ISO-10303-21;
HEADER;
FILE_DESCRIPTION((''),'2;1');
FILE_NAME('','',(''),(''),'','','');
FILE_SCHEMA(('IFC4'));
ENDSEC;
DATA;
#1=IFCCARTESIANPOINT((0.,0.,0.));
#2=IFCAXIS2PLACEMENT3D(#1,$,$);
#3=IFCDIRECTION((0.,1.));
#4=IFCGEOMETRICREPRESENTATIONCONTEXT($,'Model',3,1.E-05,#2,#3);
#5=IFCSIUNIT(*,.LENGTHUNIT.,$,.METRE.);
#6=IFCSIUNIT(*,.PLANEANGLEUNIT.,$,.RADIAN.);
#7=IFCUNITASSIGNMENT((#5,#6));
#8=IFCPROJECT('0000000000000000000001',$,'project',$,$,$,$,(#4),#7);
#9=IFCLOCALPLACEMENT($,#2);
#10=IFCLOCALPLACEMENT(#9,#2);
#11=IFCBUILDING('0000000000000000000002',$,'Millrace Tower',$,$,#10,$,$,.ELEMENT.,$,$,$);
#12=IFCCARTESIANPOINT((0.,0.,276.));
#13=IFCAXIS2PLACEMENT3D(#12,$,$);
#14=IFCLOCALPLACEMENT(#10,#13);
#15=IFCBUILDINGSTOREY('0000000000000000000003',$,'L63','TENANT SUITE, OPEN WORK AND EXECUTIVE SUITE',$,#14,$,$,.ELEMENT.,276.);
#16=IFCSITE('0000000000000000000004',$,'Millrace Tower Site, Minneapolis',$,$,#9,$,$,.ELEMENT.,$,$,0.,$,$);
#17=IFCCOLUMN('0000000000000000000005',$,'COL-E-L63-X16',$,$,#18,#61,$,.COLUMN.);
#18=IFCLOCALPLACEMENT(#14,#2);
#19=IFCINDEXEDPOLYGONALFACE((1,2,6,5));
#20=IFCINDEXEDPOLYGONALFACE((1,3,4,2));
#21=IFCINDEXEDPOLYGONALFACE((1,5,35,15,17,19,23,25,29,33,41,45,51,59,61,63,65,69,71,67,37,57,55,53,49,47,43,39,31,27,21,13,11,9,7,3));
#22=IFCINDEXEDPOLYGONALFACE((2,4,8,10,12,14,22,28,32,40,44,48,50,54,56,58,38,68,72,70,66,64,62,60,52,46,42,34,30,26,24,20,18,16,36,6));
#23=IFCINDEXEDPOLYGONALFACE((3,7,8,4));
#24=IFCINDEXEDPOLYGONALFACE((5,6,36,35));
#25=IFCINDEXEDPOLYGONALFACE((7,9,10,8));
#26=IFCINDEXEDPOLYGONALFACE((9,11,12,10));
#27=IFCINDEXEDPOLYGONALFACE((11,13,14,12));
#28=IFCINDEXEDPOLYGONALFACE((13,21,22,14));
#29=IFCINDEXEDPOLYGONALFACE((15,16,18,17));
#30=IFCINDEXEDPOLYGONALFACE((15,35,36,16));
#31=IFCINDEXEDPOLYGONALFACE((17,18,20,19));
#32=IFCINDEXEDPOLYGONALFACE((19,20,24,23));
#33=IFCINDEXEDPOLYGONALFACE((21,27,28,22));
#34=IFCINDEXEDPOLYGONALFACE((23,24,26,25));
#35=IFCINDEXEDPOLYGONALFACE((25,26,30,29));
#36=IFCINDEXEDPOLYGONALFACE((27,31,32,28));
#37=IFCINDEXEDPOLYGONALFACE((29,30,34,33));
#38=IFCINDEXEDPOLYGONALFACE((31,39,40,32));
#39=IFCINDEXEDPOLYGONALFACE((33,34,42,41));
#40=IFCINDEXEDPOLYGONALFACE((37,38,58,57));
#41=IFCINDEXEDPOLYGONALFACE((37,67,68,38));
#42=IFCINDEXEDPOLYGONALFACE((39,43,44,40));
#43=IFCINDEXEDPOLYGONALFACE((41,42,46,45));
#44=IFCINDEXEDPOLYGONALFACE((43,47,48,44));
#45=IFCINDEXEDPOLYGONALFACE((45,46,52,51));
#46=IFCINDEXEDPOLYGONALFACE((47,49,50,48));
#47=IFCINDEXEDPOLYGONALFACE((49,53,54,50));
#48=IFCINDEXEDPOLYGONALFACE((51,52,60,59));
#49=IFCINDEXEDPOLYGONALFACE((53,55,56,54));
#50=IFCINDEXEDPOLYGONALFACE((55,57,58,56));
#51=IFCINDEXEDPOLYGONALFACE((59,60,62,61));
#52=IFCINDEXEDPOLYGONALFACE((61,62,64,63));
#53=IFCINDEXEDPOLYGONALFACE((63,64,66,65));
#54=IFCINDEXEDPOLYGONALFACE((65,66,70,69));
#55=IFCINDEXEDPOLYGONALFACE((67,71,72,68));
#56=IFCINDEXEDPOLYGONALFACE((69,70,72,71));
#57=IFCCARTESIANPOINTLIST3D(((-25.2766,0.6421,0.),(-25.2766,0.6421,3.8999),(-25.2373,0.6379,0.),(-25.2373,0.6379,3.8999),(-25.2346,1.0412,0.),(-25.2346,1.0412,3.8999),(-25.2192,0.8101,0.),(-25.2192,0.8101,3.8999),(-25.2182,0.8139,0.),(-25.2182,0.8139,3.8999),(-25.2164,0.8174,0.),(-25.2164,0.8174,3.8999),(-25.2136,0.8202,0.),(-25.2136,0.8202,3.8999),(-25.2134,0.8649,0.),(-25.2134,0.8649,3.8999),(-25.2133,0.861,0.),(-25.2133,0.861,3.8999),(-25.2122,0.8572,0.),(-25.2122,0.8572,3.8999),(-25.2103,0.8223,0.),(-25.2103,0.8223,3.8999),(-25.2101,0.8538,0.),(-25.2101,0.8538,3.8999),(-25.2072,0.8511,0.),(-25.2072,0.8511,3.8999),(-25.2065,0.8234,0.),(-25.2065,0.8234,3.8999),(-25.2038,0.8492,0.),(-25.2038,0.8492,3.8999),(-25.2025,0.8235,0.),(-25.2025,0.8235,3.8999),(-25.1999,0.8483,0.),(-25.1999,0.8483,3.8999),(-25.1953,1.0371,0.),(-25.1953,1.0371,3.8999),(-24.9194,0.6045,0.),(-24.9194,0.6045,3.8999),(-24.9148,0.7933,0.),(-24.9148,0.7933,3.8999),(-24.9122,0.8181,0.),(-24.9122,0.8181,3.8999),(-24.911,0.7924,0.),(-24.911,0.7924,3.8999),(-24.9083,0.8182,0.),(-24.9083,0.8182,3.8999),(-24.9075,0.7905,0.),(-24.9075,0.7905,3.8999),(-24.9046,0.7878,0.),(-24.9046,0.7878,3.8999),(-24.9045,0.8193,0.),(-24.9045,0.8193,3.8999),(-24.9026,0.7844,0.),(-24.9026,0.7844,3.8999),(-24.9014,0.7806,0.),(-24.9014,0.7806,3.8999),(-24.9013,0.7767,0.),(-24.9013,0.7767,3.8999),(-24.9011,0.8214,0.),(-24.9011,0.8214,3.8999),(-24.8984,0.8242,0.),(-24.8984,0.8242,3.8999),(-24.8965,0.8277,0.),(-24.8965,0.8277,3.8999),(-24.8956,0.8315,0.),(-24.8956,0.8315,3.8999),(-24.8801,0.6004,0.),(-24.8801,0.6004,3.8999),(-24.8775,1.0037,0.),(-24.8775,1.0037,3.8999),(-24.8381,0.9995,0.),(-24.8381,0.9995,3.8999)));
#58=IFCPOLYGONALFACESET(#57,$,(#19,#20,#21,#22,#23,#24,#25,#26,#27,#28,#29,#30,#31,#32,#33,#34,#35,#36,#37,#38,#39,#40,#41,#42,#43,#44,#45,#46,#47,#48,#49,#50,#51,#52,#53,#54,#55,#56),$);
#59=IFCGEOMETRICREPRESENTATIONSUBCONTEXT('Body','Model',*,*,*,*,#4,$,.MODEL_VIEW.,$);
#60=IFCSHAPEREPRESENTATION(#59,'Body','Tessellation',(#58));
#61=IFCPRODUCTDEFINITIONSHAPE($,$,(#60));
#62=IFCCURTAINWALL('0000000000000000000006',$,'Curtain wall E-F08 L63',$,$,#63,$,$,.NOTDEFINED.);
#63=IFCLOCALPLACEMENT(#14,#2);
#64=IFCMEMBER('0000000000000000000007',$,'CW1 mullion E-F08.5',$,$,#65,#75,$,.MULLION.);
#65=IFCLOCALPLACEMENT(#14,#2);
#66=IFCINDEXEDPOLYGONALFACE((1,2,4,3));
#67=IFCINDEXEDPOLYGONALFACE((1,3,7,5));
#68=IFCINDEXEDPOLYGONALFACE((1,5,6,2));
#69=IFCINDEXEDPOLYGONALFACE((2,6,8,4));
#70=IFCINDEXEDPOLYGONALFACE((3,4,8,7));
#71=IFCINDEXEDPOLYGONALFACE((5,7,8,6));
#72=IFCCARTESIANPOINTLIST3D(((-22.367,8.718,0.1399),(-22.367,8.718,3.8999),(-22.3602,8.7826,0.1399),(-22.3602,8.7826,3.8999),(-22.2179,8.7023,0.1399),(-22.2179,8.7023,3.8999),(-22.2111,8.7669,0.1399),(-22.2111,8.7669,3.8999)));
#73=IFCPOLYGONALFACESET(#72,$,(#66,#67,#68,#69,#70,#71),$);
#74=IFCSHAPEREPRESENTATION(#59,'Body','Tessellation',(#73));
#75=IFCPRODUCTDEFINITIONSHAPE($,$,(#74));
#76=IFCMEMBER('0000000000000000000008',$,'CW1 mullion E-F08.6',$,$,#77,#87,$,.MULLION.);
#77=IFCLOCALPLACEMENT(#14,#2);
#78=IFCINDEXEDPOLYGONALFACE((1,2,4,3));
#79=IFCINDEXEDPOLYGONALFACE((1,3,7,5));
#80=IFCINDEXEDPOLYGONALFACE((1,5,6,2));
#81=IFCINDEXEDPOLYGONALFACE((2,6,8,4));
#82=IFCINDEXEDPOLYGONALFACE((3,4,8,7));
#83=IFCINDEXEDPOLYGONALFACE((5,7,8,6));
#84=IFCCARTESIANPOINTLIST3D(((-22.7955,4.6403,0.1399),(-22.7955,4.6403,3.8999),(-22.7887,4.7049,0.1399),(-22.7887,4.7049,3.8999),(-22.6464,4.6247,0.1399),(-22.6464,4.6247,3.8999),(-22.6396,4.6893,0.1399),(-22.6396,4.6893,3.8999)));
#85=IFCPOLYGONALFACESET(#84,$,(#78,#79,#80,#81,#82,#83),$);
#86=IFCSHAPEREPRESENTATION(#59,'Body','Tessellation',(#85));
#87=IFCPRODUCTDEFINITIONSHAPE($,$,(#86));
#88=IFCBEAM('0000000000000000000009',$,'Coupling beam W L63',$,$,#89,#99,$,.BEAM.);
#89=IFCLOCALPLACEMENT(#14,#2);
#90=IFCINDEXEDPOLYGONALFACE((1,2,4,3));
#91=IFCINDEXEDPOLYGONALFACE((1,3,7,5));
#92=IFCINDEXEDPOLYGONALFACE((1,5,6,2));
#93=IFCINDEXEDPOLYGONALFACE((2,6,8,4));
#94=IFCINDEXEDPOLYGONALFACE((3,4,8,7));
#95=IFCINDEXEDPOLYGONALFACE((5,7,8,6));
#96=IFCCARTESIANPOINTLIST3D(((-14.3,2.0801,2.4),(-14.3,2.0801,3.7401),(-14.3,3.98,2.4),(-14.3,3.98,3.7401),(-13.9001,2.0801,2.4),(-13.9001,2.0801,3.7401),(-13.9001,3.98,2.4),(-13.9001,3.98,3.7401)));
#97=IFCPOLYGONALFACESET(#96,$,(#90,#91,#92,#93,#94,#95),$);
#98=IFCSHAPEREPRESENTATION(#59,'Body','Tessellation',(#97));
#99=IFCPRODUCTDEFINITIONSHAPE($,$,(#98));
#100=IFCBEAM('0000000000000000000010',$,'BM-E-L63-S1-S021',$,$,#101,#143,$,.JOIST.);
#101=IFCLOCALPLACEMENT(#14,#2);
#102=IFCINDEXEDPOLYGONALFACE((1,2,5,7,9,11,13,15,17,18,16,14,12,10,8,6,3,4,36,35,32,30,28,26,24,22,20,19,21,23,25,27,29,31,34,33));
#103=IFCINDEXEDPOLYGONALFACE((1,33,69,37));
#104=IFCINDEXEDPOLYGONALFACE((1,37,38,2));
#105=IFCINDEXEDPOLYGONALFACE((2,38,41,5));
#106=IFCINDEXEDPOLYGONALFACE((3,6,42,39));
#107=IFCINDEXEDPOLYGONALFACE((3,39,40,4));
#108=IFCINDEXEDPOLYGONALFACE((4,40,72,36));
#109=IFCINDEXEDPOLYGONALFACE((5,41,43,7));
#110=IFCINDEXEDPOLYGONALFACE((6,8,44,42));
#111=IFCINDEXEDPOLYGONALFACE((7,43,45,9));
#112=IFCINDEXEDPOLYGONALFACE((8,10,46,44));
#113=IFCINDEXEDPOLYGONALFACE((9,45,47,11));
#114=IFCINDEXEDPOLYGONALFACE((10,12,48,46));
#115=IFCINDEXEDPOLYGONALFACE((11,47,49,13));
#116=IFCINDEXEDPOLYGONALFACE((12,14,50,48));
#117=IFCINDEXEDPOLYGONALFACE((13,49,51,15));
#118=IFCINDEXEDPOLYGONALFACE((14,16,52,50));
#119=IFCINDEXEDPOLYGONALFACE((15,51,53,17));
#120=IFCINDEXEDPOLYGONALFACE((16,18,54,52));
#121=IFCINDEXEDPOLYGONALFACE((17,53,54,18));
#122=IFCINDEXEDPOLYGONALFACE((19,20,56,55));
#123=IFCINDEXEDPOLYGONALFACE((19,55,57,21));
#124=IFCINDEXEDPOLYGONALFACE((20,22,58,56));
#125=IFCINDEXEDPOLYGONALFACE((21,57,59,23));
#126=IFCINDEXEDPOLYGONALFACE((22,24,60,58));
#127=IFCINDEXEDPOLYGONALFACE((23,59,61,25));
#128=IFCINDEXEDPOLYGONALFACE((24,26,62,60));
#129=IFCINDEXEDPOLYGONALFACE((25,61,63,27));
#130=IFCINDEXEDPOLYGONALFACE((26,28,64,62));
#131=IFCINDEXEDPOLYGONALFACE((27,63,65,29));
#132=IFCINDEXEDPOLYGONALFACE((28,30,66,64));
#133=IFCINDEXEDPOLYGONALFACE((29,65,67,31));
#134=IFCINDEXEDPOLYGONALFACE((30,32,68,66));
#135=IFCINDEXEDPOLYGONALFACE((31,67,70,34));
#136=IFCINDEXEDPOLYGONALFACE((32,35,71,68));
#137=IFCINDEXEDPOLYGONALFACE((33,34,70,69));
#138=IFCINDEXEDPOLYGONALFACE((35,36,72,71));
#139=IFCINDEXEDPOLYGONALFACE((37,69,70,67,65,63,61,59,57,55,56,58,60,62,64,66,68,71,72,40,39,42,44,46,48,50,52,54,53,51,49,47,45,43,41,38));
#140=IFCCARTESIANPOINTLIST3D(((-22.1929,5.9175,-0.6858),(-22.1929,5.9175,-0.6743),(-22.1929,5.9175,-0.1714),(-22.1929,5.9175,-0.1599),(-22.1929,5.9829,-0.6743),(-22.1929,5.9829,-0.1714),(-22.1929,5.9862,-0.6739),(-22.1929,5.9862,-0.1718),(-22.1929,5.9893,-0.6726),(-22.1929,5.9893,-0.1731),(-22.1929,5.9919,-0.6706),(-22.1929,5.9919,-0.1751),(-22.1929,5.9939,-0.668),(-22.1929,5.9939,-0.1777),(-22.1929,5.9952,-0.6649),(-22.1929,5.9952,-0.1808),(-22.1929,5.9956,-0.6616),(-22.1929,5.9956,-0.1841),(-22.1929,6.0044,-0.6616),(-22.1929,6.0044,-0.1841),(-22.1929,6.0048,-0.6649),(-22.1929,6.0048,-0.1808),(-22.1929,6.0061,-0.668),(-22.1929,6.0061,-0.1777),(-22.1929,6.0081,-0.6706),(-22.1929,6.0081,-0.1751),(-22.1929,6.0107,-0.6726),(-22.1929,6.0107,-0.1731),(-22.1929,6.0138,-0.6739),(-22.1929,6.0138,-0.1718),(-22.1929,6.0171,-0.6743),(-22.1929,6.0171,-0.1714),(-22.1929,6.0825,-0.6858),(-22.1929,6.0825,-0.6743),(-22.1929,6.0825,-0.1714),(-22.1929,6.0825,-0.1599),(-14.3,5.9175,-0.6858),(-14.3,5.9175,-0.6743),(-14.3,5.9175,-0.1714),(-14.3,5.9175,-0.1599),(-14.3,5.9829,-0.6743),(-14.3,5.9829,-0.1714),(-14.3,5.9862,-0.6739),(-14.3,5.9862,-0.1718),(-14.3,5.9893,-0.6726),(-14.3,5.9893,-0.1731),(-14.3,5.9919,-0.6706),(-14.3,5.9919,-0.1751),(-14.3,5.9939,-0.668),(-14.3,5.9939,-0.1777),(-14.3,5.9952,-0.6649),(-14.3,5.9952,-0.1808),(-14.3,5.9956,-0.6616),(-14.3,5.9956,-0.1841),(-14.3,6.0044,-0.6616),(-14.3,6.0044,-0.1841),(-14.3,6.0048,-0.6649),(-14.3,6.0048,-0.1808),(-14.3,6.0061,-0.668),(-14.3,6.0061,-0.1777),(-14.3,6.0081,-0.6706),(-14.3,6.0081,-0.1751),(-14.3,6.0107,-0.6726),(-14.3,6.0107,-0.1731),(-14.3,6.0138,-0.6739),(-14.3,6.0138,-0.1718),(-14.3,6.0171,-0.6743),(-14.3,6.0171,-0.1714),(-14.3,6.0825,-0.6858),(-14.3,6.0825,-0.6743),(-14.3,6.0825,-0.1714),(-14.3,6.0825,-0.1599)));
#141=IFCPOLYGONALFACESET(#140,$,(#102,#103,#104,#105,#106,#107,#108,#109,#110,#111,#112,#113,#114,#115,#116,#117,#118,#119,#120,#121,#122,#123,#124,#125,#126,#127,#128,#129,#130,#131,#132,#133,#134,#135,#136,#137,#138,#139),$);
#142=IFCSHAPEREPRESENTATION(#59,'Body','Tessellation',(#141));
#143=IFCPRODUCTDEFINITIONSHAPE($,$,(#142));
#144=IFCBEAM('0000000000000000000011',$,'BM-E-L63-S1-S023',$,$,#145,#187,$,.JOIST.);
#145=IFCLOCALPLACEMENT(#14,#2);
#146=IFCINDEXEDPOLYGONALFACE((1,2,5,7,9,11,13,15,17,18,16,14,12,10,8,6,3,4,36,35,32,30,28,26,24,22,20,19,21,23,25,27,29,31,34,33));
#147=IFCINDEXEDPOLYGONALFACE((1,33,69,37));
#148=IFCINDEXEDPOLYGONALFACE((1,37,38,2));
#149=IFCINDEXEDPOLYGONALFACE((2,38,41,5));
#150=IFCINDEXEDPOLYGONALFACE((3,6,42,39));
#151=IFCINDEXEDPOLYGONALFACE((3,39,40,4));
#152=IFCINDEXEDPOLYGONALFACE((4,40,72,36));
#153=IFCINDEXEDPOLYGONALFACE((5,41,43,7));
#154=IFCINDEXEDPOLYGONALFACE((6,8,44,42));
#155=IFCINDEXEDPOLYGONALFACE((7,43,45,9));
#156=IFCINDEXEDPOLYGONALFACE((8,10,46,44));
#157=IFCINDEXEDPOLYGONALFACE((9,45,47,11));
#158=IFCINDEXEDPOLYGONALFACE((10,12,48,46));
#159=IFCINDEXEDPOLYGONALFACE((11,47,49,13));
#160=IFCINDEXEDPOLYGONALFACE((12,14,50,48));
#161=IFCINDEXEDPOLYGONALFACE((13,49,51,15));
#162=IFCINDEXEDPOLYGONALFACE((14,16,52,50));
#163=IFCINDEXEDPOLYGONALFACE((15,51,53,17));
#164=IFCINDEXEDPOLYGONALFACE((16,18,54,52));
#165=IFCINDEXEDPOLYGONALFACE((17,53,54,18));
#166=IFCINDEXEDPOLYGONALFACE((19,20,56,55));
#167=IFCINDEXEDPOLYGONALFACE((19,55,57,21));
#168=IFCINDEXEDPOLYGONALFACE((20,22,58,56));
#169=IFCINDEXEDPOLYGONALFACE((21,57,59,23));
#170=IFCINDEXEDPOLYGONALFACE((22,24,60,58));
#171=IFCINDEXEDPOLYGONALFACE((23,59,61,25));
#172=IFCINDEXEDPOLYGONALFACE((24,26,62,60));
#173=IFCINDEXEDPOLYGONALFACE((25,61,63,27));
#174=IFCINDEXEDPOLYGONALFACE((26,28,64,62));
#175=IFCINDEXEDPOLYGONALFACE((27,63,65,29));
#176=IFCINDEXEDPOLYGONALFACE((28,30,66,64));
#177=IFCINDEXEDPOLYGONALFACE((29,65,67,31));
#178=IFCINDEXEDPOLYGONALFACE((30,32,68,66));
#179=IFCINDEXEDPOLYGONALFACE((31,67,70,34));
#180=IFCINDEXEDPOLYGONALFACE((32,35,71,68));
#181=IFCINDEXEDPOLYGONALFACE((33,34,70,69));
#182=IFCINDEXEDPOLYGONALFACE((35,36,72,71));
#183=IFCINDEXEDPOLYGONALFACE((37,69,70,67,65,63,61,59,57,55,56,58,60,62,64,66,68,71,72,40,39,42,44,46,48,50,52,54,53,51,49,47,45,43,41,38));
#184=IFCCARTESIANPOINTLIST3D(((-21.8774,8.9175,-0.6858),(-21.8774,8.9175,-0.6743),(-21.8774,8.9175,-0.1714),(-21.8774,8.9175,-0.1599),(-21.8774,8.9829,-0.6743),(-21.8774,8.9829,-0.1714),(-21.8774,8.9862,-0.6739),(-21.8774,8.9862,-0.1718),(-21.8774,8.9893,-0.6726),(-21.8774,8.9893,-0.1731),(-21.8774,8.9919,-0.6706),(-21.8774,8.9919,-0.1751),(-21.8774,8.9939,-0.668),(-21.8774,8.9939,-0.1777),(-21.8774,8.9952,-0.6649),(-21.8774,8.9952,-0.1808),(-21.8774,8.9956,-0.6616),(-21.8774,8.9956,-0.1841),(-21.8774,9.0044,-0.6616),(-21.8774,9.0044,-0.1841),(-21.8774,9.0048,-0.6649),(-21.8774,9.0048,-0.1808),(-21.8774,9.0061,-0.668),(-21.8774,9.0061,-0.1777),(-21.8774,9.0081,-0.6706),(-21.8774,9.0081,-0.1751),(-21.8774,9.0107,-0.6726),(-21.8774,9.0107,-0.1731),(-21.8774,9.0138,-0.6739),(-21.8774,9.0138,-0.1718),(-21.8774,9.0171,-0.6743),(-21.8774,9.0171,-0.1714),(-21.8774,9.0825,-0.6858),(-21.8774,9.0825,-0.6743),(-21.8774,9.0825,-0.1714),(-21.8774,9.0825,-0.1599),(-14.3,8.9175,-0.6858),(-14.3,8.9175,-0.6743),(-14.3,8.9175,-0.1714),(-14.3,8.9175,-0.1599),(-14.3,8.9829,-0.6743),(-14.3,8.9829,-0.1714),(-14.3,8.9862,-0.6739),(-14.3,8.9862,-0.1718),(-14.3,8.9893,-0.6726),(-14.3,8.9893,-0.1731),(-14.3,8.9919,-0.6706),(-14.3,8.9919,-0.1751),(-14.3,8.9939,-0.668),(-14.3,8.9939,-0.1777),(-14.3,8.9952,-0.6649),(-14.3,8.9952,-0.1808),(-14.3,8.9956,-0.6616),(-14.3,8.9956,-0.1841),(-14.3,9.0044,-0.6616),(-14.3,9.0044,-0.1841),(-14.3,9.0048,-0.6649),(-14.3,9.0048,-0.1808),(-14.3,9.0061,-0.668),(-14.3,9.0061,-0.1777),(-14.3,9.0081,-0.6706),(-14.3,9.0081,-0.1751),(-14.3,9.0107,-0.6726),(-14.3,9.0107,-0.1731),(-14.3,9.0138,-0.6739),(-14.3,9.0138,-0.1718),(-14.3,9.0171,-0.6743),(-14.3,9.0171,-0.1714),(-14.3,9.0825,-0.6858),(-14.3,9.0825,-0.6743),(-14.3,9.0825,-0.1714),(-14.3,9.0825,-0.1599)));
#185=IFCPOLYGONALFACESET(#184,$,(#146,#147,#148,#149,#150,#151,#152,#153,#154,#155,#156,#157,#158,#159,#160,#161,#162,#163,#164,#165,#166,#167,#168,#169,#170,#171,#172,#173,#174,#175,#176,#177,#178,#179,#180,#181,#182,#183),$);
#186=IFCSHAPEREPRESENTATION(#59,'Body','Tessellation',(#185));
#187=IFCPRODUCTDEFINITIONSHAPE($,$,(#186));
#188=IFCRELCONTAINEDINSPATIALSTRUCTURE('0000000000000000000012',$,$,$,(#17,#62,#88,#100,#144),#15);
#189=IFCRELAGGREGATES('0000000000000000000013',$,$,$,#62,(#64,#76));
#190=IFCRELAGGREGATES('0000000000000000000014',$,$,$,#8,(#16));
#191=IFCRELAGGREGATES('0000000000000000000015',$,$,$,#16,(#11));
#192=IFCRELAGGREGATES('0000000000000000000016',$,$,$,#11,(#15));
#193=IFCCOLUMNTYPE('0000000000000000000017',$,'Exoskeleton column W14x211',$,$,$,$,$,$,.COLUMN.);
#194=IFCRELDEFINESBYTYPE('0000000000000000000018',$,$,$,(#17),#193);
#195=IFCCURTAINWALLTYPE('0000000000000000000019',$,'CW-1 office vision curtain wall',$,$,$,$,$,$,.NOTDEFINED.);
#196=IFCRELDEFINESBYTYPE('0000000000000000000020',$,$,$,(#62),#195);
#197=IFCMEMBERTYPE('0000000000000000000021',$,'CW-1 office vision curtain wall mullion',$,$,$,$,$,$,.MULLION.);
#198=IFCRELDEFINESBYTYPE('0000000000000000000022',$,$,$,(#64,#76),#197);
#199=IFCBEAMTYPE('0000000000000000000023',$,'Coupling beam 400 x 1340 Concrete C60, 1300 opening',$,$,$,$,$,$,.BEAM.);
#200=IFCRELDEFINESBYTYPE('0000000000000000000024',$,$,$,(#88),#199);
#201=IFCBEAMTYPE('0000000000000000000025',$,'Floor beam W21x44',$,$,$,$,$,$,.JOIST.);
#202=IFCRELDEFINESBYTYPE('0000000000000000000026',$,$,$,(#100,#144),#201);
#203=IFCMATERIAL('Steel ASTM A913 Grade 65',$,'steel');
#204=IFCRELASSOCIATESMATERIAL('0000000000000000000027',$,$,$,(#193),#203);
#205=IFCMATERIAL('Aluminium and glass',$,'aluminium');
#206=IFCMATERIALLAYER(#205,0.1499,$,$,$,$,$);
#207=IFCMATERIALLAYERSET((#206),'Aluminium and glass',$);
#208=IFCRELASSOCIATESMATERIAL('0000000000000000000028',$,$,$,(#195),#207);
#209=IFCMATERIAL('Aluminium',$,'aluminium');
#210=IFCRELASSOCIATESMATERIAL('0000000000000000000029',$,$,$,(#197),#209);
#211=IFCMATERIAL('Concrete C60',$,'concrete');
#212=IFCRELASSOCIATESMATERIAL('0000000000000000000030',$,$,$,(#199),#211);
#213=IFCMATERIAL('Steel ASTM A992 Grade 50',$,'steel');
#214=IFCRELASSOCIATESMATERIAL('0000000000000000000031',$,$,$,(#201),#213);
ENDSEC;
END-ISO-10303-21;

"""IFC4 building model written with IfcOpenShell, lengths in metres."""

from ifc_helpers import new_model, si_unit, direction, frame, origin, origin_2d, place, context, subcontext, project, spatial, rectangle, i_section, extrude, material, layer, layer_set, material_profile, profile_set, type_object, element, aggregate, save


model = new_model("IFC4")

# Units and contexts
model_context = context("Model", 3, precision=1e-05, world=origin(), true_north=direction((0.0, 1.0)))
body_context = subcontext(model_context, "Body", "Model", "MODEL_VIEW")
ifc_project = project(units=[si_unit("LENGTHUNIT", "METRE"), si_unit("PLANEANGLEUNIT", "RADIAN")], contexts=[model_context])

# Site, building, storey
site_placement = place(None, origin())
site = spatial("IfcSite", under=ifc_project, at=site_placement, Name="Millrace Tower Site, Minneapolis", CompositionType="ELEMENT", RefElevation=0.0)
building_placement = place(site_placement, origin())
building = spatial("IfcBuilding", under=site, at=building_placement, Name="Millrace Tower", CompositionType="ELEMENT")
storey_placement = place(building_placement, frame((0.0, 0.0, 276.0)))
storey = spatial("IfcBuildingStorey", under=building, at=storey_placement, Name="L63", Description="TENANT SUITE, OPEN WORK AND EXECUTIVE SUITE", CompositionType="ELEMENT", Elevation=276.0)

# Column
ifc_material_1 = material(Name="Steel ASTM A913 Grade 65", Category="steel")
ifc_material_profile_1 = material_profile(ifc_material_1, i_section(OverallWidth=0.4014, OverallDepth=0.3987, WebThickness=0.0249, FlangeThickness=0.0396, FilletRadius=0.0151, at=origin_2d()))
ifc_profile_set_1 = profile_set([ifc_material_profile_1], Name="Steel ASTM A913 Grade 65")
column_type = type_object("IfcColumnType", Name="Exoskeleton column W14x211", PredefinedType="COLUMN", material=ifc_profile_set_1)
column_placement = place(storey_placement, frame((-25.0574, 0.8208, 0.0), z_axis=(0.0, 0.0, 1.0), x_axis=(-0.104528, -0.994522, 0.0)))
element("IfcColumn", 1, at=column_placement, inside=storey, type_object=column_type, Name="COL-E-L63-X16", PredefinedType="COLUMN", context=body_context, shape_type="SweptSolid", body=[
    extrude(i_section(OverallWidth=0.4014, OverallDepth=0.3987, WebThickness=0.0249, FlangeThickness=0.0396, FilletRadius=0.0151, at=origin_2d()), origin(), (0.0, 0.0, 1.0), 3.8999),
])

# Curtain wall, members
ifc_material_2 = material(Name="Aluminium and glass", Category="aluminium")
ifc_layer_1 = layer(ifc_material_2, 0.1499)
ifc_layer_set_1 = layer_set([ifc_layer_1], Name="Aluminium and glass")
curtain_wall_type = type_object("IfcCurtainWallType", Name="CW-1 office vision curtain wall", PredefinedType="NOTDEFINED", material=ifc_layer_set_1)
placement = place(storey_placement, origin())
curtain_wall = element("IfcCurtainWall", 2, at=placement, inside=storey, type_object=curtain_wall_type, Name="Curtain wall E-F08 L63", PredefinedType="NOTDEFINED")
ifc_material_3 = material(Name="Aluminium", Category="aluminium")
ifc_material_profile_2 = material_profile(ifc_material_3, rectangle(XDim=0.0649, YDim=0.1499, at=origin_2d()))
ifc_profile_set_2 = profile_set([ifc_material_profile_2], Name="Aluminium")
member_type = type_object("IfcMemberType", Name="CW-1 office vision curtain wall mullion", PredefinedType="MULLION", material=ifc_profile_set_2)
member_1_placement = place(storey_placement, frame((-22.2891, 8.7424, 0.1399), z_axis=(0.0, 0.0, 1.0), x_axis=(-0.104528, -0.994522, 0.0)))
member_1 = element("IfcMember", 3, at=member_1_placement, type_object=member_type, Name="CW1 mullion E-F08.5", PredefinedType="MULLION", context=body_context, shape_type="SweptSolid", body=[
    extrude(rectangle(XDim=0.0649, YDim=0.1499, at=origin_2d()), origin(), (0.0, 0.0, 1.0), 3.76),
])
member_2_placement = place(storey_placement, frame((-22.7175, 4.6648, 0.1399), z_axis=(0.0, 0.0, 1.0), x_axis=(-0.104528, -0.994522, 0.0)))
member_2 = element("IfcMember", 4, at=member_2_placement, type_object=member_type, Name="CW1 mullion E-F08.6", PredefinedType="MULLION", context=body_context, shape_type="SweptSolid", body=[
    extrude(rectangle(XDim=0.0649, YDim=0.1499, at=origin_2d()), origin(), (0.0, 0.0, 1.0), 3.76),
])
aggregate(curtain_wall, [member_1, member_2])

# Beams
ifc_material_4 = material(Name="Concrete C60", Category="concrete")
ifc_material_profile_3 = material_profile(ifc_material_4, rectangle(XDim=0.3999, YDim=1.3401, at=origin_2d()))
ifc_profile_set_3 = profile_set([ifc_material_profile_3], Name="Concrete C60")
beam_type_1 = type_object("IfcBeamType", Name="Coupling beam 400 x 1340 Concrete C60, 1300 opening", PredefinedType="BEAM", material=ifc_profile_set_3)
beam_1_placement = place(storey_placement, frame((-14.1001, 2.0801, 3.0701), z_axis=(0.0, 1.0, 0.0), x_axis=(-1.0, 0.0, 0.0)))
element("IfcBeam", 5, at=beam_1_placement, inside=storey, type_object=beam_type_1, Name="Coupling beam W L63", PredefinedType="BEAM", context=body_context, shape_type="SweptSolid", body=[
    extrude(rectangle(XDim=0.3999, YDim=1.3401, at=origin_2d()), origin(), (0.0, 0.0, 1.0), 1.8999),
])
ifc_material_5 = material(Name="Steel ASTM A992 Grade 50", Category="steel")
ifc_material_profile_4 = material_profile(ifc_material_5, i_section(OverallWidth=0.165, OverallDepth=0.5259, WebThickness=0.0088, FlangeThickness=0.0115, FilletRadius=0.0127, at=origin_2d()))
ifc_profile_set_4 = profile_set([ifc_material_profile_4], Name="Steel ASTM A992 Grade 50")
beam_type_2 = type_object("IfcBeamType", Name="Floor beam W21x44", PredefinedType="JOIST", material=ifc_profile_set_4)
beam_2_placement = place(storey_placement, frame((-22.1929, 6.0, -0.4229), z_axis=(1.0, 0.0, 0.0), x_axis=(0.0, 1.0, 0.0)))
element("IfcBeam", 6, at=beam_2_placement, inside=storey, type_object=beam_type_2, Name="BM-E-L63-S1-S021", PredefinedType="JOIST", context=body_context, shape_type="SweptSolid", body=[
    extrude(i_section(OverallWidth=0.165, OverallDepth=0.5259, WebThickness=0.0088, FlangeThickness=0.0115, FilletRadius=0.0127, at=origin_2d()), origin(), (0.0, 0.0, 1.0), 7.8928),
])
beam_3_placement = place(storey_placement, frame((-21.8774, 9.0, -0.4229), z_axis=(1.0, 0.0, 0.0), x_axis=(0.0, 1.0, 0.0)))
element("IfcBeam", 7, at=beam_3_placement, inside=storey, type_object=beam_type_2, Name="BM-E-L63-S1-S023", PredefinedType="JOIST", context=body_context, shape_type="SweptSolid", body=[
    extrude(i_section(OverallWidth=0.165, OverallDepth=0.5259, WebThickness=0.0088, FlangeThickness=0.0115, FilletRadius=0.0127, at=origin_2d()), origin(), (0.0, 0.0, 1.0), 7.5774),
])

save(model, "model.ifc")
